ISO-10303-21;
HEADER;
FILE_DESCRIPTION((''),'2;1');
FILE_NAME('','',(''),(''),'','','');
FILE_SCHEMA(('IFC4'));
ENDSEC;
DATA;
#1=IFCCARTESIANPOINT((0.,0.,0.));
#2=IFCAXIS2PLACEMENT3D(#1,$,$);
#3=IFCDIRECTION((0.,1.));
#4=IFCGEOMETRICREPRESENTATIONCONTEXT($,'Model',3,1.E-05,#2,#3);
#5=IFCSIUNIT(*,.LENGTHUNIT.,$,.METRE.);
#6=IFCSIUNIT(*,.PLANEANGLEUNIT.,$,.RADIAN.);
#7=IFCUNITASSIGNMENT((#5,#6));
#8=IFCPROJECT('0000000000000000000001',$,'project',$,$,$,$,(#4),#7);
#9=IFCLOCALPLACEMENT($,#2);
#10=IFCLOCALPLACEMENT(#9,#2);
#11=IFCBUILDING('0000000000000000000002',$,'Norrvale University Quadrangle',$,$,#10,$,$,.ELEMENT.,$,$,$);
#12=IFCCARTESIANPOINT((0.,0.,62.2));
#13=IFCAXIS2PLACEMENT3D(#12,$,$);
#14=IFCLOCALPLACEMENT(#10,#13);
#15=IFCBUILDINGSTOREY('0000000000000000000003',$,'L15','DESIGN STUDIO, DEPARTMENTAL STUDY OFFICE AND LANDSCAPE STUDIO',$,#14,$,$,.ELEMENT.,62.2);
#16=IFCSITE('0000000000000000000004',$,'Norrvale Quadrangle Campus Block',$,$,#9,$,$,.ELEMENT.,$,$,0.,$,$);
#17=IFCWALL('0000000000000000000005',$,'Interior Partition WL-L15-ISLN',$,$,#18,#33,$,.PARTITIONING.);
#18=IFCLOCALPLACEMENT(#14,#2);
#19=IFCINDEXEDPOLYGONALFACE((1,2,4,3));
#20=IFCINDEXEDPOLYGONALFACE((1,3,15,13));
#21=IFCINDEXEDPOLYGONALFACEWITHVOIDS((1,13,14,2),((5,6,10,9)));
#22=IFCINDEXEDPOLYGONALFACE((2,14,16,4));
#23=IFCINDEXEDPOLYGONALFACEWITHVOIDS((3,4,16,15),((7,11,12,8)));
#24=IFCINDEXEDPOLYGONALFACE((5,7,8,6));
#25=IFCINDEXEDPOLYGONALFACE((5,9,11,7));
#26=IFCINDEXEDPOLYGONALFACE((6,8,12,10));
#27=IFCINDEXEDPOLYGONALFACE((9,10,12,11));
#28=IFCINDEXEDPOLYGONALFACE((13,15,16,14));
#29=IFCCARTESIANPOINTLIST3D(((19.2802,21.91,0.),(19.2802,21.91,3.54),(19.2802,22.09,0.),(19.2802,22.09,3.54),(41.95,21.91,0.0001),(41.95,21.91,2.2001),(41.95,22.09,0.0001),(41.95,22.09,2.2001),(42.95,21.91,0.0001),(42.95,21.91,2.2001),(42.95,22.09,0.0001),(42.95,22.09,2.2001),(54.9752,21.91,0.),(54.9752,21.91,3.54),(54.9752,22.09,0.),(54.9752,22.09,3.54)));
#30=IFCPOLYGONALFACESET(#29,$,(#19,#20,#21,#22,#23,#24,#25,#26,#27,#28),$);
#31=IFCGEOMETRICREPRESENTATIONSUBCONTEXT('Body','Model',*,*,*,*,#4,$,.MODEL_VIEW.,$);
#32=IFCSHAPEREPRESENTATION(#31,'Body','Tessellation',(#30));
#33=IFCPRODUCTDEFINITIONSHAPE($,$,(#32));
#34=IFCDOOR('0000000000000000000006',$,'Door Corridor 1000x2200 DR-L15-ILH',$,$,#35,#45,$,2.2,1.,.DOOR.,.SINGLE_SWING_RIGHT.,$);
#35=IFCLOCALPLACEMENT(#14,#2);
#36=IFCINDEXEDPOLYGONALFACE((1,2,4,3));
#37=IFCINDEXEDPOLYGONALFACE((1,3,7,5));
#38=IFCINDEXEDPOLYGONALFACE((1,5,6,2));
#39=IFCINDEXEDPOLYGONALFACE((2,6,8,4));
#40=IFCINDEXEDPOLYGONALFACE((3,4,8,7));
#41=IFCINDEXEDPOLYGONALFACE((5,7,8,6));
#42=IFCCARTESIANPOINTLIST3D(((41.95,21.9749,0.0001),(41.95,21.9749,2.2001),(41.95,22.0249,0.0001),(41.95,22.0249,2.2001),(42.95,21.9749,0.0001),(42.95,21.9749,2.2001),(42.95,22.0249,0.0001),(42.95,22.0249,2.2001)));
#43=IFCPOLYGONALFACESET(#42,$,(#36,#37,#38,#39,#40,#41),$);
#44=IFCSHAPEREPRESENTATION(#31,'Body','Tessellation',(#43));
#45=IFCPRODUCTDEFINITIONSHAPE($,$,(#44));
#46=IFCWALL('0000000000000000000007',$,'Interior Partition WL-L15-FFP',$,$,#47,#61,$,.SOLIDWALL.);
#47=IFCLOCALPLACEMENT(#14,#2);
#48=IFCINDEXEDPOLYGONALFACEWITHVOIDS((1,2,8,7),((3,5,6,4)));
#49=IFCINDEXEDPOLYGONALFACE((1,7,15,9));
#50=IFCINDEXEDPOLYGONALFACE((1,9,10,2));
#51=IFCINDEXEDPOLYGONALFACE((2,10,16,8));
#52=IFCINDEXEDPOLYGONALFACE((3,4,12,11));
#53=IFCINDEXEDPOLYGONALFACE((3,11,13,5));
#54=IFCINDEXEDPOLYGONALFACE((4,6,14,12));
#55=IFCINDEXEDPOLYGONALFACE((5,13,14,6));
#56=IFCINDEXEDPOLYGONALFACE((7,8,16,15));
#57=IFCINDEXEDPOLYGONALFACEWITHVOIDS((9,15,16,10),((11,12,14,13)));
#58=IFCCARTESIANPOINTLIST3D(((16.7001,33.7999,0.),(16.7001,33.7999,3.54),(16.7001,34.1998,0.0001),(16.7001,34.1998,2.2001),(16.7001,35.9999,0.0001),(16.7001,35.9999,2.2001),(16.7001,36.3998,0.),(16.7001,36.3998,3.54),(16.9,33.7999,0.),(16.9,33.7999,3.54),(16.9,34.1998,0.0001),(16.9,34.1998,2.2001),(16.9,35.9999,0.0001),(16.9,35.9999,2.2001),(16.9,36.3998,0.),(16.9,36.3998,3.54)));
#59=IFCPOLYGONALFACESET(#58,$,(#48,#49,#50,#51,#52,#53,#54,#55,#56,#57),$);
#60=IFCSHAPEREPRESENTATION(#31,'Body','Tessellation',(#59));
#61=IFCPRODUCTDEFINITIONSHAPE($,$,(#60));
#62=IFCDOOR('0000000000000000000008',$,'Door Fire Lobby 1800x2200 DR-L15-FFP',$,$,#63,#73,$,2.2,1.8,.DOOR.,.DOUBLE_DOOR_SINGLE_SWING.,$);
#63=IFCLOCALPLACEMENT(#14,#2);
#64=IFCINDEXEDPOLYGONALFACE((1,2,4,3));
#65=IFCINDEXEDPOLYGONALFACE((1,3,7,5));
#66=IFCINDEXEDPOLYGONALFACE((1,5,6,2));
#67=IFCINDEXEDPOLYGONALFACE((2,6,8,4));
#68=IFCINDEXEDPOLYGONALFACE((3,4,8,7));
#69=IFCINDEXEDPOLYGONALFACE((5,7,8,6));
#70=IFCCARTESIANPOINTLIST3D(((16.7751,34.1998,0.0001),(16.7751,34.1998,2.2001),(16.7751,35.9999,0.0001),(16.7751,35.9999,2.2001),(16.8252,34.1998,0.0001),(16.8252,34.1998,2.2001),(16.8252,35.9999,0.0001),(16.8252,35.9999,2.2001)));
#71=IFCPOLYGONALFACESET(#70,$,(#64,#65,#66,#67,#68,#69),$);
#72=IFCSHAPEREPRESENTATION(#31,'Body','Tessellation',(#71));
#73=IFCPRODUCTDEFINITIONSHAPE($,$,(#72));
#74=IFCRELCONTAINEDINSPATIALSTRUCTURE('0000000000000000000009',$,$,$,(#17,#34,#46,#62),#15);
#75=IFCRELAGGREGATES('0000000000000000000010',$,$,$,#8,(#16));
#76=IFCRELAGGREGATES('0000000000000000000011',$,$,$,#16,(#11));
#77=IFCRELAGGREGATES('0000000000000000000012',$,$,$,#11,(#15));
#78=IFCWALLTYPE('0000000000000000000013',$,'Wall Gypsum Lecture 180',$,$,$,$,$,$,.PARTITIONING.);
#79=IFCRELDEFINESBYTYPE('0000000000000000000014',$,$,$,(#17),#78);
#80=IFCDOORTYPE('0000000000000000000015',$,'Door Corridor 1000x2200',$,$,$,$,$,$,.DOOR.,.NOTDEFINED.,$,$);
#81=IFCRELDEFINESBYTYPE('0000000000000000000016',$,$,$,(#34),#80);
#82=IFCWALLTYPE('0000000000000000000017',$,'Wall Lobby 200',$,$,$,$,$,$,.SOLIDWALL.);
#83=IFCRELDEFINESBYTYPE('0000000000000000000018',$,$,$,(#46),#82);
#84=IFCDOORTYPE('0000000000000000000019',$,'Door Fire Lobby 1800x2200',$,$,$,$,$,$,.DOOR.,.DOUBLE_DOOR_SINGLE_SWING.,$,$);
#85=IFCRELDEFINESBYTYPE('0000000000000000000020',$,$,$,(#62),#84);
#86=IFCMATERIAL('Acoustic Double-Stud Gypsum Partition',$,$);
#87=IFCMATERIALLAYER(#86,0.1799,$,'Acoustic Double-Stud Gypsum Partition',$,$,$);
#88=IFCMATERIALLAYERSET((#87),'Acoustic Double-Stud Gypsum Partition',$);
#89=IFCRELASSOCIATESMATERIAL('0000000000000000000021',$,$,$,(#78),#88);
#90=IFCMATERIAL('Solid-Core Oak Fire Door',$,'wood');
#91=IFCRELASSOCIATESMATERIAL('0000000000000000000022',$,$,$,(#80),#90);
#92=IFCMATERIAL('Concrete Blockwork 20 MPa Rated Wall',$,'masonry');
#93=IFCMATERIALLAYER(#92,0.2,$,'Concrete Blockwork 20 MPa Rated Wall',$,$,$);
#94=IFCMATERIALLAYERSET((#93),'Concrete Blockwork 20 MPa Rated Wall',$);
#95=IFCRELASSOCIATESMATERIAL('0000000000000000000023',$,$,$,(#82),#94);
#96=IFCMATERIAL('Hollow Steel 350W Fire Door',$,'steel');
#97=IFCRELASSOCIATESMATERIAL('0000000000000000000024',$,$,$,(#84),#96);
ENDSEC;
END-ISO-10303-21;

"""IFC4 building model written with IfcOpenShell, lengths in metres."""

from ifc_helpers import new_model, si_unit, direction, frame, frame_2d, origin, place, context, subcontext, project, spatial, rectangle, extrude, material, layer, layer_set, type_object, element, fill, save


model = new_model("IFC4")

# Units and contexts
model_context = context("Model", 3, precision=1e-05, world=origin(), true_north=direction((0.0, 1.0)))
body_context = subcontext(model_context, "Body", "Model", "MODEL_VIEW")
ifc_project = project(units=[si_unit("LENGTHUNIT", "METRE"), si_unit("PLANEANGLEUNIT", "RADIAN")], contexts=[model_context])

# Site, building, storey
site_placement = place(None, origin())
site = spatial("IfcSite", under=ifc_project, at=site_placement, Name="Norrvale Quadrangle Campus Block", CompositionType="ELEMENT", RefElevation=0.0)
building_placement = place(site_placement, origin())
building = spatial("IfcBuilding", under=site, at=building_placement, Name="Norrvale University Quadrangle", CompositionType="ELEMENT")
storey_placement = place(building_placement, frame((0.0, 0.0, 62.2)))
storey = spatial("IfcBuildingStorey", under=building, at=storey_placement, Name="L15", Description="DESIGN STUDIO, DEPARTMENTAL STUDY OFFICE AND LANDSCAPE STUDIO", CompositionType="ELEMENT", Elevation=62.2)

# Walls, openings, doors
ifc_material_1 = material(Name="Acoustic Double-Stud Gypsum Partition")
ifc_layer_1 = layer(ifc_material_1, 0.1799, Name="Acoustic Double-Stud Gypsum Partition")
ifc_layer_set_1 = layer_set([ifc_layer_1], Name="Acoustic Double-Stud Gypsum Partition")
wall_type_1 = type_object("IfcWallType", Name="Wall Gypsum Lecture 180", PredefinedType="PARTITIONING", material=ifc_layer_set_1)
wall_1_placement = place(storey_placement, frame((19.28, 22.0, 0.0), z_axis=(0.0, 0.0, 1.0), x_axis=(1.0, 0.0, 0.0)))
wall_1 = element("IfcWall", 1, at=wall_1_placement, inside=storey, type_object=wall_type_1, Name="Interior Partition WL-L15-ISLN", PredefinedType="PARTITIONING", context=body_context, shape_type="SweptSolid", body=[
    extrude(rectangle(XDim=35.6951, YDim=0.1799, at=frame_2d((17.8477, 0.0))), origin(), (0.0, 0.0, 1.0), 3.54),
])
opening_1_placement = place(wall_1_placement, frame((22.6699, 0.0, 0.0)))
opening_1 = element("IfcOpeningElement", 2, at=opening_1_placement, cuts=wall_1, PredefinedType="OPENING", context=body_context, shape_type="SweptSolid", body=[
    extrude(rectangle(XDim=1.0, YDim=2.2, at=frame_2d((0.5, 1.1001))), frame((0.0, 0.1021, 0.0), z_axis=(0.0, -1.0, 0.0), x_axis=(1.0, 0.0, 0.0)), (0.0, 0.0, 1.0), 0.2039),
])
ifc_material_2 = material(Name="Solid-Core Oak Fire Door", Category="wood")
door_type_1 = type_object("IfcDoorType", Name="Door Corridor 1000x2200", OperationType="NOTDEFINED", PredefinedType="DOOR", material=ifc_material_2)
door_1_placement = place(opening_1_placement, origin())
door_1 = element("IfcDoor", 3, at=door_1_placement, inside=storey, type_object=door_type_1, Name="Door Corridor 1000x2200 DR-L15-ILH", OperationType="SINGLE_SWING_RIGHT", OverallHeight=2.2, OverallWidth=1.0, PredefinedType="DOOR", context=body_context, shape_type="SweptSolid", body=[
    extrude(rectangle(XDim=1.0, YDim=2.2, at=frame_2d((0.5, 1.1001))), frame((0.0, 0.0249, 0.0), z_axis=(0.0, -1.0, 0.0), x_axis=(1.0, 0.0, 0.0)), (0.0, 0.0, 1.0), 0.05),
])
fill(opening_1, door_1)
ifc_material_3 = material(Name="Concrete Blockwork 20 MPa Rated Wall", Category="masonry")
ifc_layer_2 = layer(ifc_material_3, 0.2, Name="Concrete Blockwork 20 MPa Rated Wall")
ifc_layer_set_2 = layer_set([ifc_layer_2], Name="Concrete Blockwork 20 MPa Rated Wall")
wall_type_2 = type_object("IfcWallType", Name="Wall Lobby 200", PredefinedType="SOLIDWALL", material=ifc_layer_set_2)
wall_2_placement = place(storey_placement, frame((16.8, 33.8, 0.0), z_axis=(0.0, 0.0, 1.0), x_axis=(0.0, 1.0, 0.0)))
wall_2 = element("IfcWall", 4, at=wall_2_placement, inside=storey, type_object=wall_type_2, Name="Interior Partition WL-L15-FFP", PredefinedType="SOLIDWALL", context=body_context, shape_type="SweptSolid", body=[
    extrude(rectangle(XDim=2.5999, YDim=0.2, at=frame_2d((1.2998, 0.0))), origin(), (0.0, 0.0, 1.0), 3.54),
])
opening_2_placement = place(wall_2_placement, frame((0.3999, 0.0, 0.0)))
opening_2 = element("IfcOpeningElement", 5, at=opening_2_placement, cuts=wall_2, PredefinedType="OPENING", context=body_context, shape_type="SweptSolid", body=[
    extrude(rectangle(XDim=1.8, YDim=2.2, at=frame_2d((0.8999, 1.1001))), frame((0.0, 0.1121, 0.0), z_axis=(0.0, -1.0, 0.0), x_axis=(1.0, 0.0, 0.0)), (0.0, 0.0, 1.0), 0.2239),
])
ifc_material_4 = material(Name="Hollow Steel 350W Fire Door", Category="steel")
door_type_2 = type_object("IfcDoorType", Name="Door Fire Lobby 1800x2200", OperationType="DOUBLE_DOOR_SINGLE_SWING", PredefinedType="DOOR", material=ifc_material_4)
door_2_placement = place(opening_2_placement, origin())
door_2 = element("IfcDoor", 6, at=door_2_placement, inside=storey, type_object=door_type_2, Name="Door Fire Lobby 1800x2200 DR-L15-FFP", OperationType="DOUBLE_DOOR_SINGLE_SWING", OverallHeight=2.2, OverallWidth=1.8, PredefinedType="DOOR", context=body_context, shape_type="SweptSolid", body=[
    extrude(rectangle(XDim=1.8, YDim=2.2, at=frame_2d((0.8999, 1.1001))), frame((0.0, 0.0249, 0.0), z_axis=(0.0, -1.0, 0.0), x_axis=(1.0, 0.0, 0.0)), (0.0, 0.0, 1.0), 0.05),
])
fill(opening_2, door_2)

save(model, "model.ifc")
